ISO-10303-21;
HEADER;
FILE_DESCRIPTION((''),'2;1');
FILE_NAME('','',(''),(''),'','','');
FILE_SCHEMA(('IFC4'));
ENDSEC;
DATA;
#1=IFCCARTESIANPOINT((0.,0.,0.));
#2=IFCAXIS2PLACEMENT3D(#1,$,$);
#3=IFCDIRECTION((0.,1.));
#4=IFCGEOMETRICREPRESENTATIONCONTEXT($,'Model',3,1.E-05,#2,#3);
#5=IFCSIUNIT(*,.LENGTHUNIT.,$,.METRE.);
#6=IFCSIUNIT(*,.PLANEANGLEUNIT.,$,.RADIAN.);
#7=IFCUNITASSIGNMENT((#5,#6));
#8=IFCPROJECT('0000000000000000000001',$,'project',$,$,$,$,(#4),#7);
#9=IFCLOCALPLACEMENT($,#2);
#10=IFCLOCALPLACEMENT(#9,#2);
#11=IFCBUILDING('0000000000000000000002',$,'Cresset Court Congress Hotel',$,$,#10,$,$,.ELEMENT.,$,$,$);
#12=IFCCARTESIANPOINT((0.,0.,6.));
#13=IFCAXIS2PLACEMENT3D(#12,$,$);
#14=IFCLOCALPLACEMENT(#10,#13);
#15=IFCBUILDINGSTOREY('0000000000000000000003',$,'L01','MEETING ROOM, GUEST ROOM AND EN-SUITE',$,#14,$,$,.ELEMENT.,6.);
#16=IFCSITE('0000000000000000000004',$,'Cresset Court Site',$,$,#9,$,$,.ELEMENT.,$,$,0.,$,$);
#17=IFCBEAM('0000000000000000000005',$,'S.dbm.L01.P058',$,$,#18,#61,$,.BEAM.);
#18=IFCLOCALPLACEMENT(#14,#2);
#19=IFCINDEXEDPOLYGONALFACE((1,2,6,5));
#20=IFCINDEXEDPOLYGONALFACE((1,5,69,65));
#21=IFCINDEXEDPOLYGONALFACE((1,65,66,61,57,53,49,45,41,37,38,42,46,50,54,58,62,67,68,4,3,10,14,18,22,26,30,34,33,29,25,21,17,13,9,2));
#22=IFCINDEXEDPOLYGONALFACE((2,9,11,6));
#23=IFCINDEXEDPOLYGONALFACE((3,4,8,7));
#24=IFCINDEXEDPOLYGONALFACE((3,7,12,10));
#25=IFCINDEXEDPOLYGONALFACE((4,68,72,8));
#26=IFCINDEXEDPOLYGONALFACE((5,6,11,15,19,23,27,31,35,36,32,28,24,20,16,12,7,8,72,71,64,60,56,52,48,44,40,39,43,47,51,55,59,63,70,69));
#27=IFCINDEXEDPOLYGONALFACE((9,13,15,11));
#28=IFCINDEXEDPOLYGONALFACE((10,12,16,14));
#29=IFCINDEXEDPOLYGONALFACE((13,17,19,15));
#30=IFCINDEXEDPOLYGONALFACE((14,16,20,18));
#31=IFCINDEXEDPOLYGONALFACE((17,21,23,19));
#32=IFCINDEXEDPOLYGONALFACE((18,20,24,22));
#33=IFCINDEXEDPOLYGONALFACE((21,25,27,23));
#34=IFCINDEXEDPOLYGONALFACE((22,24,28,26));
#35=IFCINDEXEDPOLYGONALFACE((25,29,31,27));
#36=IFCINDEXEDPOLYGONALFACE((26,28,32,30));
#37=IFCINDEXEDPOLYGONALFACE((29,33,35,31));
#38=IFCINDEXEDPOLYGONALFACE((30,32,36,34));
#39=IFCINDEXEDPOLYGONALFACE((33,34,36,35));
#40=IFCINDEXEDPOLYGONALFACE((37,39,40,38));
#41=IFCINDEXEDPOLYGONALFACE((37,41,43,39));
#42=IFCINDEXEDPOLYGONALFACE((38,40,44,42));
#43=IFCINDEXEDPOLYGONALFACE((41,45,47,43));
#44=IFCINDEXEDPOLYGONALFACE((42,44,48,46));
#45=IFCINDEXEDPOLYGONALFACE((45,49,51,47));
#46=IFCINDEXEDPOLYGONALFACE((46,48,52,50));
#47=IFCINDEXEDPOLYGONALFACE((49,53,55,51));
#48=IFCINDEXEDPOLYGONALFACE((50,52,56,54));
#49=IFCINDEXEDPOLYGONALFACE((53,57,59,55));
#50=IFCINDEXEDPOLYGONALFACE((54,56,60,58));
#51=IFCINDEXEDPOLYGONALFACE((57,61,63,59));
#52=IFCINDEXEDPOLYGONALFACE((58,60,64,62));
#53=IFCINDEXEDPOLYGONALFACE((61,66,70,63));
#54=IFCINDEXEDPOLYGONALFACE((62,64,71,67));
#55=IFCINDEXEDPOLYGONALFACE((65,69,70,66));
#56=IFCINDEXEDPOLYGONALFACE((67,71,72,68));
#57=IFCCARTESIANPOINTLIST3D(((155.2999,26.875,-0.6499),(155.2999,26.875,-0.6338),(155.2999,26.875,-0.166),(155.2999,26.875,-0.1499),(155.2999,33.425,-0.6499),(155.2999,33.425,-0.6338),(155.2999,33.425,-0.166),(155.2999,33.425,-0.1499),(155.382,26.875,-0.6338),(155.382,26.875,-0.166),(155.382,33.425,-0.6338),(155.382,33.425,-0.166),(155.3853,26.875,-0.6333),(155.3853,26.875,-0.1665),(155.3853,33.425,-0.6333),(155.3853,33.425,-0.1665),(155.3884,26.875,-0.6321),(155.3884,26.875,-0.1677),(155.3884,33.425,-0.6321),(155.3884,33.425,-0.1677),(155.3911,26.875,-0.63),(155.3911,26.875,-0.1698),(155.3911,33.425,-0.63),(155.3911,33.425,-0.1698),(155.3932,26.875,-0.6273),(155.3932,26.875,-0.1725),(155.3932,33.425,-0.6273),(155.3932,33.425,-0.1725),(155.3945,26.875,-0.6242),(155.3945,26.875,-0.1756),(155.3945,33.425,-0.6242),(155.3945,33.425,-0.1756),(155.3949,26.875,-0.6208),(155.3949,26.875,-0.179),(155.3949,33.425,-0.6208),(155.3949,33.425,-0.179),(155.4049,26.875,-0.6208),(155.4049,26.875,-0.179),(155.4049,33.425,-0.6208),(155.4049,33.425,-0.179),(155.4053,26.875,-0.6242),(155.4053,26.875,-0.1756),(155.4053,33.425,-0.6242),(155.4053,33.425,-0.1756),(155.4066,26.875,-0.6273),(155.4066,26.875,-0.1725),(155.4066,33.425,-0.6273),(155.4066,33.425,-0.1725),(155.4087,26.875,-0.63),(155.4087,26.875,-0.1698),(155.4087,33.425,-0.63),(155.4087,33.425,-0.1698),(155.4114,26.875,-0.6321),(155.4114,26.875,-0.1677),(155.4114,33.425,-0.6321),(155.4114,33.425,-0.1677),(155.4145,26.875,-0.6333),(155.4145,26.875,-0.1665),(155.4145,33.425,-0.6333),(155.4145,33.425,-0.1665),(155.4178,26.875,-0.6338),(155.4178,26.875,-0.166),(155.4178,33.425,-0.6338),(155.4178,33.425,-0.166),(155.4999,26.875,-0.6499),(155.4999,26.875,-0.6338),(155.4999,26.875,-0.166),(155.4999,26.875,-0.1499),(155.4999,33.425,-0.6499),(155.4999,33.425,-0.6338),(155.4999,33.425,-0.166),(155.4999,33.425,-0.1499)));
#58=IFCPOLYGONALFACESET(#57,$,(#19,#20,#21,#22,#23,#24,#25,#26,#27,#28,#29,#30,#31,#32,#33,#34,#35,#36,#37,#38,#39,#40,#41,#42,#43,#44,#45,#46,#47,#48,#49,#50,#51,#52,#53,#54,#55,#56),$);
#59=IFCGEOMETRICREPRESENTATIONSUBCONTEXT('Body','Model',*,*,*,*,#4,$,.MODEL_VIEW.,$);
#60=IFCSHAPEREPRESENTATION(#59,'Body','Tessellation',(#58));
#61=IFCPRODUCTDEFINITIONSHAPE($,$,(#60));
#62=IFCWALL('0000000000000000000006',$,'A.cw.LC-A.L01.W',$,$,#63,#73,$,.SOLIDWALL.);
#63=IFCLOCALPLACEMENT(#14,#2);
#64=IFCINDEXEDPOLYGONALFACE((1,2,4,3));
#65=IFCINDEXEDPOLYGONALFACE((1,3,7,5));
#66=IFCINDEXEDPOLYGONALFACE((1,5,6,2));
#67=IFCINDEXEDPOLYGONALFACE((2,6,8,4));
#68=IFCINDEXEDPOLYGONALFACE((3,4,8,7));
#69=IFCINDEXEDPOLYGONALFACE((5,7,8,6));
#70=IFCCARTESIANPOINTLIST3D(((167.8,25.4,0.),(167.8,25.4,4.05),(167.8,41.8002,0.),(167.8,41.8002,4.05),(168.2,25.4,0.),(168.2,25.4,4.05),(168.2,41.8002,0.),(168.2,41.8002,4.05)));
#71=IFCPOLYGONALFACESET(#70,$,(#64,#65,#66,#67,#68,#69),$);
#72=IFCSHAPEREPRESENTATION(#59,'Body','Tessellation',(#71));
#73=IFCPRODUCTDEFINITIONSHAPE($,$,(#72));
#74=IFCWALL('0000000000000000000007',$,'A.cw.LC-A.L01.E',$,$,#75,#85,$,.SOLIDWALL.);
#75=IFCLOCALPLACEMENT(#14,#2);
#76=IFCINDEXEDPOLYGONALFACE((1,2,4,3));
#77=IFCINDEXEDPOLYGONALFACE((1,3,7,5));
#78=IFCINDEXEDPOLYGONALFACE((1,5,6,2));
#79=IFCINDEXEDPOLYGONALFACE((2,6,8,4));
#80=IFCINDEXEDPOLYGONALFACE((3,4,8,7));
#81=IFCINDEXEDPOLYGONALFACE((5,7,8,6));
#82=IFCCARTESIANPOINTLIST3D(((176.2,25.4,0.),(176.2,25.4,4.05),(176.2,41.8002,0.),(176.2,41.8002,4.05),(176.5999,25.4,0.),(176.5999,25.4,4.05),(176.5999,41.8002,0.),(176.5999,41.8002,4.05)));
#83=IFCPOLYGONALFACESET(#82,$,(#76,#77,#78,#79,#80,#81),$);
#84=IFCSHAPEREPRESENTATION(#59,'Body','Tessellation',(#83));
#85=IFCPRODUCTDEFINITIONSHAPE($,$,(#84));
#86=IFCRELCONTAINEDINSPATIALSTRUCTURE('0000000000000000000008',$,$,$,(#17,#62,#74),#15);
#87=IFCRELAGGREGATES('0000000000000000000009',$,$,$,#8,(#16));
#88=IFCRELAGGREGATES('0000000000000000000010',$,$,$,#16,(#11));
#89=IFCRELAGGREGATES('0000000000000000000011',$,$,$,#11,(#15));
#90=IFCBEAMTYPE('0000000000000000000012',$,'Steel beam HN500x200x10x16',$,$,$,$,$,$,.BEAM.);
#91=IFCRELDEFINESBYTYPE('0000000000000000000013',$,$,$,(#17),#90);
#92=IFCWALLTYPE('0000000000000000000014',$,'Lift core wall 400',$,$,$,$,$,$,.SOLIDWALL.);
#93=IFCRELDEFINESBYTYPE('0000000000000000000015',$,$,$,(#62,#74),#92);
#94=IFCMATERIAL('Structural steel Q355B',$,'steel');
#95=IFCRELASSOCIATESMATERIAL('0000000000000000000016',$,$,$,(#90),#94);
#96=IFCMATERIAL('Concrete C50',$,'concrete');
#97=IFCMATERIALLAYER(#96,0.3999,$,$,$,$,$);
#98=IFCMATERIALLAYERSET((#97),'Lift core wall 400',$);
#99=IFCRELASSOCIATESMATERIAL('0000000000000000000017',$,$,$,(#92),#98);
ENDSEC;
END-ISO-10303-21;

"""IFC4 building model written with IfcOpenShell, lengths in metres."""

from ifc_helpers import new_model, si_unit, direction, frame, frame_2d, origin, origin_2d, place, context, subcontext, project, spatial, rectangle, i_section, extrude, material, layer, layer_set, material_profile, profile_set, type_object, element, save


model = new_model("IFC4")

# Units and contexts
model_context = context("Model", 3, precision=1e-05, world=origin(), true_north=direction((0.0, 1.0)))
body_context = subcontext(model_context, "Body", "Model", "MODEL_VIEW")
ifc_project = project(units=[si_unit("LENGTHUNIT", "METRE"), si_unit("PLANEANGLEUNIT", "RADIAN")], contexts=[model_context])

# Site, building, storey
site_placement = place(None, origin())
site = spatial("IfcSite", under=ifc_project, at=site_placement, Name="Cresset Court Site", CompositionType="ELEMENT", RefElevation=0.0)
building_placement = place(site_placement, origin())
building = spatial("IfcBuilding", under=site, at=building_placement, Name="Cresset Court Congress Hotel", CompositionType="ELEMENT")
storey_placement = place(building_placement, frame((0.0, 0.0, 6.0)))
storey = spatial("IfcBuildingStorey", under=building, at=storey_placement, Name="L01", Description="MEETING ROOM, GUEST ROOM AND EN-SUITE", CompositionType="ELEMENT", Elevation=6.0)

# Beam
ifc_material_1 = material(Name="Structural steel Q355B", Category="steel")
ifc_material_profile = material_profile(ifc_material_1, i_section(OverallWidth=0.2, OverallDepth=0.5, WebThickness=0.01, FlangeThickness=0.0161, FilletRadius=0.0129, at=origin_2d()), Name="HN500x200x10x16")
ifc_profile_set = profile_set([ifc_material_profile], Name="Structural steel Q355B")
beam_type = type_object("IfcBeamType", Name="Steel beam HN500x200x10x16", PredefinedType="BEAM", material=ifc_profile_set)
beam_placement = place(storey_placement, frame((155.3999, 26.875, -0.3999), z_axis=(0.0, 1.0, 0.0), x_axis=(-1.0, 0.0, 0.0)))
element("IfcBeam", 1, at=beam_placement, inside=storey, type_object=beam_type, Name="S.dbm.L01.P058", PredefinedType="BEAM", context=body_context, shape_type="SweptSolid", body=[
    extrude(i_section(OverallWidth=0.2, OverallDepth=0.5, WebThickness=0.01, FlangeThickness=0.0161, FilletRadius=0.0129, at=origin_2d()), origin(), (0.0, 0.0, 1.0), 6.55),
])

# Walls
ifc_material_2 = material(Name="Concrete C50", Category="concrete")
ifc_layer_1 = layer(ifc_material_2, 0.3999)
ifc_layer_set_1 = layer_set([ifc_layer_1], Name="Lift core wall 400")
wall_type_1 = type_object("IfcWallType", Name="Lift core wall 400", PredefinedType="SOLIDWALL", material=ifc_layer_set_1)
for number, where, z_axis, x_axis, name in (
    (2, (168.0, 25.3999, 0.0), (0.0, 0.0, 1.0), (0.0, 1.0, 0.0), "A.cw.LC-A.L01.W"),
    (3, (176.3999, 25.3999, 0.0), (0.0, 0.0, 1.0), (0.0, 1.0, 0.0), "A.cw.LC-A.L01.E"),
):
    element("IfcWall", number, at=place(storey_placement, frame(where, z_axis=z_axis, x_axis=x_axis)), inside=storey, type_object=wall_type_1, Name=name, PredefinedType="SOLIDWALL", context=body_context, shape_type="SweptSolid", body=[
        extrude(rectangle(XDim=16.4001, YDim=0.3999, at=frame_2d((8.2002, 0.0))), origin(), (0.0, 0.0, 1.0), 4.05),
    ])

save(model, "model.ifc")
